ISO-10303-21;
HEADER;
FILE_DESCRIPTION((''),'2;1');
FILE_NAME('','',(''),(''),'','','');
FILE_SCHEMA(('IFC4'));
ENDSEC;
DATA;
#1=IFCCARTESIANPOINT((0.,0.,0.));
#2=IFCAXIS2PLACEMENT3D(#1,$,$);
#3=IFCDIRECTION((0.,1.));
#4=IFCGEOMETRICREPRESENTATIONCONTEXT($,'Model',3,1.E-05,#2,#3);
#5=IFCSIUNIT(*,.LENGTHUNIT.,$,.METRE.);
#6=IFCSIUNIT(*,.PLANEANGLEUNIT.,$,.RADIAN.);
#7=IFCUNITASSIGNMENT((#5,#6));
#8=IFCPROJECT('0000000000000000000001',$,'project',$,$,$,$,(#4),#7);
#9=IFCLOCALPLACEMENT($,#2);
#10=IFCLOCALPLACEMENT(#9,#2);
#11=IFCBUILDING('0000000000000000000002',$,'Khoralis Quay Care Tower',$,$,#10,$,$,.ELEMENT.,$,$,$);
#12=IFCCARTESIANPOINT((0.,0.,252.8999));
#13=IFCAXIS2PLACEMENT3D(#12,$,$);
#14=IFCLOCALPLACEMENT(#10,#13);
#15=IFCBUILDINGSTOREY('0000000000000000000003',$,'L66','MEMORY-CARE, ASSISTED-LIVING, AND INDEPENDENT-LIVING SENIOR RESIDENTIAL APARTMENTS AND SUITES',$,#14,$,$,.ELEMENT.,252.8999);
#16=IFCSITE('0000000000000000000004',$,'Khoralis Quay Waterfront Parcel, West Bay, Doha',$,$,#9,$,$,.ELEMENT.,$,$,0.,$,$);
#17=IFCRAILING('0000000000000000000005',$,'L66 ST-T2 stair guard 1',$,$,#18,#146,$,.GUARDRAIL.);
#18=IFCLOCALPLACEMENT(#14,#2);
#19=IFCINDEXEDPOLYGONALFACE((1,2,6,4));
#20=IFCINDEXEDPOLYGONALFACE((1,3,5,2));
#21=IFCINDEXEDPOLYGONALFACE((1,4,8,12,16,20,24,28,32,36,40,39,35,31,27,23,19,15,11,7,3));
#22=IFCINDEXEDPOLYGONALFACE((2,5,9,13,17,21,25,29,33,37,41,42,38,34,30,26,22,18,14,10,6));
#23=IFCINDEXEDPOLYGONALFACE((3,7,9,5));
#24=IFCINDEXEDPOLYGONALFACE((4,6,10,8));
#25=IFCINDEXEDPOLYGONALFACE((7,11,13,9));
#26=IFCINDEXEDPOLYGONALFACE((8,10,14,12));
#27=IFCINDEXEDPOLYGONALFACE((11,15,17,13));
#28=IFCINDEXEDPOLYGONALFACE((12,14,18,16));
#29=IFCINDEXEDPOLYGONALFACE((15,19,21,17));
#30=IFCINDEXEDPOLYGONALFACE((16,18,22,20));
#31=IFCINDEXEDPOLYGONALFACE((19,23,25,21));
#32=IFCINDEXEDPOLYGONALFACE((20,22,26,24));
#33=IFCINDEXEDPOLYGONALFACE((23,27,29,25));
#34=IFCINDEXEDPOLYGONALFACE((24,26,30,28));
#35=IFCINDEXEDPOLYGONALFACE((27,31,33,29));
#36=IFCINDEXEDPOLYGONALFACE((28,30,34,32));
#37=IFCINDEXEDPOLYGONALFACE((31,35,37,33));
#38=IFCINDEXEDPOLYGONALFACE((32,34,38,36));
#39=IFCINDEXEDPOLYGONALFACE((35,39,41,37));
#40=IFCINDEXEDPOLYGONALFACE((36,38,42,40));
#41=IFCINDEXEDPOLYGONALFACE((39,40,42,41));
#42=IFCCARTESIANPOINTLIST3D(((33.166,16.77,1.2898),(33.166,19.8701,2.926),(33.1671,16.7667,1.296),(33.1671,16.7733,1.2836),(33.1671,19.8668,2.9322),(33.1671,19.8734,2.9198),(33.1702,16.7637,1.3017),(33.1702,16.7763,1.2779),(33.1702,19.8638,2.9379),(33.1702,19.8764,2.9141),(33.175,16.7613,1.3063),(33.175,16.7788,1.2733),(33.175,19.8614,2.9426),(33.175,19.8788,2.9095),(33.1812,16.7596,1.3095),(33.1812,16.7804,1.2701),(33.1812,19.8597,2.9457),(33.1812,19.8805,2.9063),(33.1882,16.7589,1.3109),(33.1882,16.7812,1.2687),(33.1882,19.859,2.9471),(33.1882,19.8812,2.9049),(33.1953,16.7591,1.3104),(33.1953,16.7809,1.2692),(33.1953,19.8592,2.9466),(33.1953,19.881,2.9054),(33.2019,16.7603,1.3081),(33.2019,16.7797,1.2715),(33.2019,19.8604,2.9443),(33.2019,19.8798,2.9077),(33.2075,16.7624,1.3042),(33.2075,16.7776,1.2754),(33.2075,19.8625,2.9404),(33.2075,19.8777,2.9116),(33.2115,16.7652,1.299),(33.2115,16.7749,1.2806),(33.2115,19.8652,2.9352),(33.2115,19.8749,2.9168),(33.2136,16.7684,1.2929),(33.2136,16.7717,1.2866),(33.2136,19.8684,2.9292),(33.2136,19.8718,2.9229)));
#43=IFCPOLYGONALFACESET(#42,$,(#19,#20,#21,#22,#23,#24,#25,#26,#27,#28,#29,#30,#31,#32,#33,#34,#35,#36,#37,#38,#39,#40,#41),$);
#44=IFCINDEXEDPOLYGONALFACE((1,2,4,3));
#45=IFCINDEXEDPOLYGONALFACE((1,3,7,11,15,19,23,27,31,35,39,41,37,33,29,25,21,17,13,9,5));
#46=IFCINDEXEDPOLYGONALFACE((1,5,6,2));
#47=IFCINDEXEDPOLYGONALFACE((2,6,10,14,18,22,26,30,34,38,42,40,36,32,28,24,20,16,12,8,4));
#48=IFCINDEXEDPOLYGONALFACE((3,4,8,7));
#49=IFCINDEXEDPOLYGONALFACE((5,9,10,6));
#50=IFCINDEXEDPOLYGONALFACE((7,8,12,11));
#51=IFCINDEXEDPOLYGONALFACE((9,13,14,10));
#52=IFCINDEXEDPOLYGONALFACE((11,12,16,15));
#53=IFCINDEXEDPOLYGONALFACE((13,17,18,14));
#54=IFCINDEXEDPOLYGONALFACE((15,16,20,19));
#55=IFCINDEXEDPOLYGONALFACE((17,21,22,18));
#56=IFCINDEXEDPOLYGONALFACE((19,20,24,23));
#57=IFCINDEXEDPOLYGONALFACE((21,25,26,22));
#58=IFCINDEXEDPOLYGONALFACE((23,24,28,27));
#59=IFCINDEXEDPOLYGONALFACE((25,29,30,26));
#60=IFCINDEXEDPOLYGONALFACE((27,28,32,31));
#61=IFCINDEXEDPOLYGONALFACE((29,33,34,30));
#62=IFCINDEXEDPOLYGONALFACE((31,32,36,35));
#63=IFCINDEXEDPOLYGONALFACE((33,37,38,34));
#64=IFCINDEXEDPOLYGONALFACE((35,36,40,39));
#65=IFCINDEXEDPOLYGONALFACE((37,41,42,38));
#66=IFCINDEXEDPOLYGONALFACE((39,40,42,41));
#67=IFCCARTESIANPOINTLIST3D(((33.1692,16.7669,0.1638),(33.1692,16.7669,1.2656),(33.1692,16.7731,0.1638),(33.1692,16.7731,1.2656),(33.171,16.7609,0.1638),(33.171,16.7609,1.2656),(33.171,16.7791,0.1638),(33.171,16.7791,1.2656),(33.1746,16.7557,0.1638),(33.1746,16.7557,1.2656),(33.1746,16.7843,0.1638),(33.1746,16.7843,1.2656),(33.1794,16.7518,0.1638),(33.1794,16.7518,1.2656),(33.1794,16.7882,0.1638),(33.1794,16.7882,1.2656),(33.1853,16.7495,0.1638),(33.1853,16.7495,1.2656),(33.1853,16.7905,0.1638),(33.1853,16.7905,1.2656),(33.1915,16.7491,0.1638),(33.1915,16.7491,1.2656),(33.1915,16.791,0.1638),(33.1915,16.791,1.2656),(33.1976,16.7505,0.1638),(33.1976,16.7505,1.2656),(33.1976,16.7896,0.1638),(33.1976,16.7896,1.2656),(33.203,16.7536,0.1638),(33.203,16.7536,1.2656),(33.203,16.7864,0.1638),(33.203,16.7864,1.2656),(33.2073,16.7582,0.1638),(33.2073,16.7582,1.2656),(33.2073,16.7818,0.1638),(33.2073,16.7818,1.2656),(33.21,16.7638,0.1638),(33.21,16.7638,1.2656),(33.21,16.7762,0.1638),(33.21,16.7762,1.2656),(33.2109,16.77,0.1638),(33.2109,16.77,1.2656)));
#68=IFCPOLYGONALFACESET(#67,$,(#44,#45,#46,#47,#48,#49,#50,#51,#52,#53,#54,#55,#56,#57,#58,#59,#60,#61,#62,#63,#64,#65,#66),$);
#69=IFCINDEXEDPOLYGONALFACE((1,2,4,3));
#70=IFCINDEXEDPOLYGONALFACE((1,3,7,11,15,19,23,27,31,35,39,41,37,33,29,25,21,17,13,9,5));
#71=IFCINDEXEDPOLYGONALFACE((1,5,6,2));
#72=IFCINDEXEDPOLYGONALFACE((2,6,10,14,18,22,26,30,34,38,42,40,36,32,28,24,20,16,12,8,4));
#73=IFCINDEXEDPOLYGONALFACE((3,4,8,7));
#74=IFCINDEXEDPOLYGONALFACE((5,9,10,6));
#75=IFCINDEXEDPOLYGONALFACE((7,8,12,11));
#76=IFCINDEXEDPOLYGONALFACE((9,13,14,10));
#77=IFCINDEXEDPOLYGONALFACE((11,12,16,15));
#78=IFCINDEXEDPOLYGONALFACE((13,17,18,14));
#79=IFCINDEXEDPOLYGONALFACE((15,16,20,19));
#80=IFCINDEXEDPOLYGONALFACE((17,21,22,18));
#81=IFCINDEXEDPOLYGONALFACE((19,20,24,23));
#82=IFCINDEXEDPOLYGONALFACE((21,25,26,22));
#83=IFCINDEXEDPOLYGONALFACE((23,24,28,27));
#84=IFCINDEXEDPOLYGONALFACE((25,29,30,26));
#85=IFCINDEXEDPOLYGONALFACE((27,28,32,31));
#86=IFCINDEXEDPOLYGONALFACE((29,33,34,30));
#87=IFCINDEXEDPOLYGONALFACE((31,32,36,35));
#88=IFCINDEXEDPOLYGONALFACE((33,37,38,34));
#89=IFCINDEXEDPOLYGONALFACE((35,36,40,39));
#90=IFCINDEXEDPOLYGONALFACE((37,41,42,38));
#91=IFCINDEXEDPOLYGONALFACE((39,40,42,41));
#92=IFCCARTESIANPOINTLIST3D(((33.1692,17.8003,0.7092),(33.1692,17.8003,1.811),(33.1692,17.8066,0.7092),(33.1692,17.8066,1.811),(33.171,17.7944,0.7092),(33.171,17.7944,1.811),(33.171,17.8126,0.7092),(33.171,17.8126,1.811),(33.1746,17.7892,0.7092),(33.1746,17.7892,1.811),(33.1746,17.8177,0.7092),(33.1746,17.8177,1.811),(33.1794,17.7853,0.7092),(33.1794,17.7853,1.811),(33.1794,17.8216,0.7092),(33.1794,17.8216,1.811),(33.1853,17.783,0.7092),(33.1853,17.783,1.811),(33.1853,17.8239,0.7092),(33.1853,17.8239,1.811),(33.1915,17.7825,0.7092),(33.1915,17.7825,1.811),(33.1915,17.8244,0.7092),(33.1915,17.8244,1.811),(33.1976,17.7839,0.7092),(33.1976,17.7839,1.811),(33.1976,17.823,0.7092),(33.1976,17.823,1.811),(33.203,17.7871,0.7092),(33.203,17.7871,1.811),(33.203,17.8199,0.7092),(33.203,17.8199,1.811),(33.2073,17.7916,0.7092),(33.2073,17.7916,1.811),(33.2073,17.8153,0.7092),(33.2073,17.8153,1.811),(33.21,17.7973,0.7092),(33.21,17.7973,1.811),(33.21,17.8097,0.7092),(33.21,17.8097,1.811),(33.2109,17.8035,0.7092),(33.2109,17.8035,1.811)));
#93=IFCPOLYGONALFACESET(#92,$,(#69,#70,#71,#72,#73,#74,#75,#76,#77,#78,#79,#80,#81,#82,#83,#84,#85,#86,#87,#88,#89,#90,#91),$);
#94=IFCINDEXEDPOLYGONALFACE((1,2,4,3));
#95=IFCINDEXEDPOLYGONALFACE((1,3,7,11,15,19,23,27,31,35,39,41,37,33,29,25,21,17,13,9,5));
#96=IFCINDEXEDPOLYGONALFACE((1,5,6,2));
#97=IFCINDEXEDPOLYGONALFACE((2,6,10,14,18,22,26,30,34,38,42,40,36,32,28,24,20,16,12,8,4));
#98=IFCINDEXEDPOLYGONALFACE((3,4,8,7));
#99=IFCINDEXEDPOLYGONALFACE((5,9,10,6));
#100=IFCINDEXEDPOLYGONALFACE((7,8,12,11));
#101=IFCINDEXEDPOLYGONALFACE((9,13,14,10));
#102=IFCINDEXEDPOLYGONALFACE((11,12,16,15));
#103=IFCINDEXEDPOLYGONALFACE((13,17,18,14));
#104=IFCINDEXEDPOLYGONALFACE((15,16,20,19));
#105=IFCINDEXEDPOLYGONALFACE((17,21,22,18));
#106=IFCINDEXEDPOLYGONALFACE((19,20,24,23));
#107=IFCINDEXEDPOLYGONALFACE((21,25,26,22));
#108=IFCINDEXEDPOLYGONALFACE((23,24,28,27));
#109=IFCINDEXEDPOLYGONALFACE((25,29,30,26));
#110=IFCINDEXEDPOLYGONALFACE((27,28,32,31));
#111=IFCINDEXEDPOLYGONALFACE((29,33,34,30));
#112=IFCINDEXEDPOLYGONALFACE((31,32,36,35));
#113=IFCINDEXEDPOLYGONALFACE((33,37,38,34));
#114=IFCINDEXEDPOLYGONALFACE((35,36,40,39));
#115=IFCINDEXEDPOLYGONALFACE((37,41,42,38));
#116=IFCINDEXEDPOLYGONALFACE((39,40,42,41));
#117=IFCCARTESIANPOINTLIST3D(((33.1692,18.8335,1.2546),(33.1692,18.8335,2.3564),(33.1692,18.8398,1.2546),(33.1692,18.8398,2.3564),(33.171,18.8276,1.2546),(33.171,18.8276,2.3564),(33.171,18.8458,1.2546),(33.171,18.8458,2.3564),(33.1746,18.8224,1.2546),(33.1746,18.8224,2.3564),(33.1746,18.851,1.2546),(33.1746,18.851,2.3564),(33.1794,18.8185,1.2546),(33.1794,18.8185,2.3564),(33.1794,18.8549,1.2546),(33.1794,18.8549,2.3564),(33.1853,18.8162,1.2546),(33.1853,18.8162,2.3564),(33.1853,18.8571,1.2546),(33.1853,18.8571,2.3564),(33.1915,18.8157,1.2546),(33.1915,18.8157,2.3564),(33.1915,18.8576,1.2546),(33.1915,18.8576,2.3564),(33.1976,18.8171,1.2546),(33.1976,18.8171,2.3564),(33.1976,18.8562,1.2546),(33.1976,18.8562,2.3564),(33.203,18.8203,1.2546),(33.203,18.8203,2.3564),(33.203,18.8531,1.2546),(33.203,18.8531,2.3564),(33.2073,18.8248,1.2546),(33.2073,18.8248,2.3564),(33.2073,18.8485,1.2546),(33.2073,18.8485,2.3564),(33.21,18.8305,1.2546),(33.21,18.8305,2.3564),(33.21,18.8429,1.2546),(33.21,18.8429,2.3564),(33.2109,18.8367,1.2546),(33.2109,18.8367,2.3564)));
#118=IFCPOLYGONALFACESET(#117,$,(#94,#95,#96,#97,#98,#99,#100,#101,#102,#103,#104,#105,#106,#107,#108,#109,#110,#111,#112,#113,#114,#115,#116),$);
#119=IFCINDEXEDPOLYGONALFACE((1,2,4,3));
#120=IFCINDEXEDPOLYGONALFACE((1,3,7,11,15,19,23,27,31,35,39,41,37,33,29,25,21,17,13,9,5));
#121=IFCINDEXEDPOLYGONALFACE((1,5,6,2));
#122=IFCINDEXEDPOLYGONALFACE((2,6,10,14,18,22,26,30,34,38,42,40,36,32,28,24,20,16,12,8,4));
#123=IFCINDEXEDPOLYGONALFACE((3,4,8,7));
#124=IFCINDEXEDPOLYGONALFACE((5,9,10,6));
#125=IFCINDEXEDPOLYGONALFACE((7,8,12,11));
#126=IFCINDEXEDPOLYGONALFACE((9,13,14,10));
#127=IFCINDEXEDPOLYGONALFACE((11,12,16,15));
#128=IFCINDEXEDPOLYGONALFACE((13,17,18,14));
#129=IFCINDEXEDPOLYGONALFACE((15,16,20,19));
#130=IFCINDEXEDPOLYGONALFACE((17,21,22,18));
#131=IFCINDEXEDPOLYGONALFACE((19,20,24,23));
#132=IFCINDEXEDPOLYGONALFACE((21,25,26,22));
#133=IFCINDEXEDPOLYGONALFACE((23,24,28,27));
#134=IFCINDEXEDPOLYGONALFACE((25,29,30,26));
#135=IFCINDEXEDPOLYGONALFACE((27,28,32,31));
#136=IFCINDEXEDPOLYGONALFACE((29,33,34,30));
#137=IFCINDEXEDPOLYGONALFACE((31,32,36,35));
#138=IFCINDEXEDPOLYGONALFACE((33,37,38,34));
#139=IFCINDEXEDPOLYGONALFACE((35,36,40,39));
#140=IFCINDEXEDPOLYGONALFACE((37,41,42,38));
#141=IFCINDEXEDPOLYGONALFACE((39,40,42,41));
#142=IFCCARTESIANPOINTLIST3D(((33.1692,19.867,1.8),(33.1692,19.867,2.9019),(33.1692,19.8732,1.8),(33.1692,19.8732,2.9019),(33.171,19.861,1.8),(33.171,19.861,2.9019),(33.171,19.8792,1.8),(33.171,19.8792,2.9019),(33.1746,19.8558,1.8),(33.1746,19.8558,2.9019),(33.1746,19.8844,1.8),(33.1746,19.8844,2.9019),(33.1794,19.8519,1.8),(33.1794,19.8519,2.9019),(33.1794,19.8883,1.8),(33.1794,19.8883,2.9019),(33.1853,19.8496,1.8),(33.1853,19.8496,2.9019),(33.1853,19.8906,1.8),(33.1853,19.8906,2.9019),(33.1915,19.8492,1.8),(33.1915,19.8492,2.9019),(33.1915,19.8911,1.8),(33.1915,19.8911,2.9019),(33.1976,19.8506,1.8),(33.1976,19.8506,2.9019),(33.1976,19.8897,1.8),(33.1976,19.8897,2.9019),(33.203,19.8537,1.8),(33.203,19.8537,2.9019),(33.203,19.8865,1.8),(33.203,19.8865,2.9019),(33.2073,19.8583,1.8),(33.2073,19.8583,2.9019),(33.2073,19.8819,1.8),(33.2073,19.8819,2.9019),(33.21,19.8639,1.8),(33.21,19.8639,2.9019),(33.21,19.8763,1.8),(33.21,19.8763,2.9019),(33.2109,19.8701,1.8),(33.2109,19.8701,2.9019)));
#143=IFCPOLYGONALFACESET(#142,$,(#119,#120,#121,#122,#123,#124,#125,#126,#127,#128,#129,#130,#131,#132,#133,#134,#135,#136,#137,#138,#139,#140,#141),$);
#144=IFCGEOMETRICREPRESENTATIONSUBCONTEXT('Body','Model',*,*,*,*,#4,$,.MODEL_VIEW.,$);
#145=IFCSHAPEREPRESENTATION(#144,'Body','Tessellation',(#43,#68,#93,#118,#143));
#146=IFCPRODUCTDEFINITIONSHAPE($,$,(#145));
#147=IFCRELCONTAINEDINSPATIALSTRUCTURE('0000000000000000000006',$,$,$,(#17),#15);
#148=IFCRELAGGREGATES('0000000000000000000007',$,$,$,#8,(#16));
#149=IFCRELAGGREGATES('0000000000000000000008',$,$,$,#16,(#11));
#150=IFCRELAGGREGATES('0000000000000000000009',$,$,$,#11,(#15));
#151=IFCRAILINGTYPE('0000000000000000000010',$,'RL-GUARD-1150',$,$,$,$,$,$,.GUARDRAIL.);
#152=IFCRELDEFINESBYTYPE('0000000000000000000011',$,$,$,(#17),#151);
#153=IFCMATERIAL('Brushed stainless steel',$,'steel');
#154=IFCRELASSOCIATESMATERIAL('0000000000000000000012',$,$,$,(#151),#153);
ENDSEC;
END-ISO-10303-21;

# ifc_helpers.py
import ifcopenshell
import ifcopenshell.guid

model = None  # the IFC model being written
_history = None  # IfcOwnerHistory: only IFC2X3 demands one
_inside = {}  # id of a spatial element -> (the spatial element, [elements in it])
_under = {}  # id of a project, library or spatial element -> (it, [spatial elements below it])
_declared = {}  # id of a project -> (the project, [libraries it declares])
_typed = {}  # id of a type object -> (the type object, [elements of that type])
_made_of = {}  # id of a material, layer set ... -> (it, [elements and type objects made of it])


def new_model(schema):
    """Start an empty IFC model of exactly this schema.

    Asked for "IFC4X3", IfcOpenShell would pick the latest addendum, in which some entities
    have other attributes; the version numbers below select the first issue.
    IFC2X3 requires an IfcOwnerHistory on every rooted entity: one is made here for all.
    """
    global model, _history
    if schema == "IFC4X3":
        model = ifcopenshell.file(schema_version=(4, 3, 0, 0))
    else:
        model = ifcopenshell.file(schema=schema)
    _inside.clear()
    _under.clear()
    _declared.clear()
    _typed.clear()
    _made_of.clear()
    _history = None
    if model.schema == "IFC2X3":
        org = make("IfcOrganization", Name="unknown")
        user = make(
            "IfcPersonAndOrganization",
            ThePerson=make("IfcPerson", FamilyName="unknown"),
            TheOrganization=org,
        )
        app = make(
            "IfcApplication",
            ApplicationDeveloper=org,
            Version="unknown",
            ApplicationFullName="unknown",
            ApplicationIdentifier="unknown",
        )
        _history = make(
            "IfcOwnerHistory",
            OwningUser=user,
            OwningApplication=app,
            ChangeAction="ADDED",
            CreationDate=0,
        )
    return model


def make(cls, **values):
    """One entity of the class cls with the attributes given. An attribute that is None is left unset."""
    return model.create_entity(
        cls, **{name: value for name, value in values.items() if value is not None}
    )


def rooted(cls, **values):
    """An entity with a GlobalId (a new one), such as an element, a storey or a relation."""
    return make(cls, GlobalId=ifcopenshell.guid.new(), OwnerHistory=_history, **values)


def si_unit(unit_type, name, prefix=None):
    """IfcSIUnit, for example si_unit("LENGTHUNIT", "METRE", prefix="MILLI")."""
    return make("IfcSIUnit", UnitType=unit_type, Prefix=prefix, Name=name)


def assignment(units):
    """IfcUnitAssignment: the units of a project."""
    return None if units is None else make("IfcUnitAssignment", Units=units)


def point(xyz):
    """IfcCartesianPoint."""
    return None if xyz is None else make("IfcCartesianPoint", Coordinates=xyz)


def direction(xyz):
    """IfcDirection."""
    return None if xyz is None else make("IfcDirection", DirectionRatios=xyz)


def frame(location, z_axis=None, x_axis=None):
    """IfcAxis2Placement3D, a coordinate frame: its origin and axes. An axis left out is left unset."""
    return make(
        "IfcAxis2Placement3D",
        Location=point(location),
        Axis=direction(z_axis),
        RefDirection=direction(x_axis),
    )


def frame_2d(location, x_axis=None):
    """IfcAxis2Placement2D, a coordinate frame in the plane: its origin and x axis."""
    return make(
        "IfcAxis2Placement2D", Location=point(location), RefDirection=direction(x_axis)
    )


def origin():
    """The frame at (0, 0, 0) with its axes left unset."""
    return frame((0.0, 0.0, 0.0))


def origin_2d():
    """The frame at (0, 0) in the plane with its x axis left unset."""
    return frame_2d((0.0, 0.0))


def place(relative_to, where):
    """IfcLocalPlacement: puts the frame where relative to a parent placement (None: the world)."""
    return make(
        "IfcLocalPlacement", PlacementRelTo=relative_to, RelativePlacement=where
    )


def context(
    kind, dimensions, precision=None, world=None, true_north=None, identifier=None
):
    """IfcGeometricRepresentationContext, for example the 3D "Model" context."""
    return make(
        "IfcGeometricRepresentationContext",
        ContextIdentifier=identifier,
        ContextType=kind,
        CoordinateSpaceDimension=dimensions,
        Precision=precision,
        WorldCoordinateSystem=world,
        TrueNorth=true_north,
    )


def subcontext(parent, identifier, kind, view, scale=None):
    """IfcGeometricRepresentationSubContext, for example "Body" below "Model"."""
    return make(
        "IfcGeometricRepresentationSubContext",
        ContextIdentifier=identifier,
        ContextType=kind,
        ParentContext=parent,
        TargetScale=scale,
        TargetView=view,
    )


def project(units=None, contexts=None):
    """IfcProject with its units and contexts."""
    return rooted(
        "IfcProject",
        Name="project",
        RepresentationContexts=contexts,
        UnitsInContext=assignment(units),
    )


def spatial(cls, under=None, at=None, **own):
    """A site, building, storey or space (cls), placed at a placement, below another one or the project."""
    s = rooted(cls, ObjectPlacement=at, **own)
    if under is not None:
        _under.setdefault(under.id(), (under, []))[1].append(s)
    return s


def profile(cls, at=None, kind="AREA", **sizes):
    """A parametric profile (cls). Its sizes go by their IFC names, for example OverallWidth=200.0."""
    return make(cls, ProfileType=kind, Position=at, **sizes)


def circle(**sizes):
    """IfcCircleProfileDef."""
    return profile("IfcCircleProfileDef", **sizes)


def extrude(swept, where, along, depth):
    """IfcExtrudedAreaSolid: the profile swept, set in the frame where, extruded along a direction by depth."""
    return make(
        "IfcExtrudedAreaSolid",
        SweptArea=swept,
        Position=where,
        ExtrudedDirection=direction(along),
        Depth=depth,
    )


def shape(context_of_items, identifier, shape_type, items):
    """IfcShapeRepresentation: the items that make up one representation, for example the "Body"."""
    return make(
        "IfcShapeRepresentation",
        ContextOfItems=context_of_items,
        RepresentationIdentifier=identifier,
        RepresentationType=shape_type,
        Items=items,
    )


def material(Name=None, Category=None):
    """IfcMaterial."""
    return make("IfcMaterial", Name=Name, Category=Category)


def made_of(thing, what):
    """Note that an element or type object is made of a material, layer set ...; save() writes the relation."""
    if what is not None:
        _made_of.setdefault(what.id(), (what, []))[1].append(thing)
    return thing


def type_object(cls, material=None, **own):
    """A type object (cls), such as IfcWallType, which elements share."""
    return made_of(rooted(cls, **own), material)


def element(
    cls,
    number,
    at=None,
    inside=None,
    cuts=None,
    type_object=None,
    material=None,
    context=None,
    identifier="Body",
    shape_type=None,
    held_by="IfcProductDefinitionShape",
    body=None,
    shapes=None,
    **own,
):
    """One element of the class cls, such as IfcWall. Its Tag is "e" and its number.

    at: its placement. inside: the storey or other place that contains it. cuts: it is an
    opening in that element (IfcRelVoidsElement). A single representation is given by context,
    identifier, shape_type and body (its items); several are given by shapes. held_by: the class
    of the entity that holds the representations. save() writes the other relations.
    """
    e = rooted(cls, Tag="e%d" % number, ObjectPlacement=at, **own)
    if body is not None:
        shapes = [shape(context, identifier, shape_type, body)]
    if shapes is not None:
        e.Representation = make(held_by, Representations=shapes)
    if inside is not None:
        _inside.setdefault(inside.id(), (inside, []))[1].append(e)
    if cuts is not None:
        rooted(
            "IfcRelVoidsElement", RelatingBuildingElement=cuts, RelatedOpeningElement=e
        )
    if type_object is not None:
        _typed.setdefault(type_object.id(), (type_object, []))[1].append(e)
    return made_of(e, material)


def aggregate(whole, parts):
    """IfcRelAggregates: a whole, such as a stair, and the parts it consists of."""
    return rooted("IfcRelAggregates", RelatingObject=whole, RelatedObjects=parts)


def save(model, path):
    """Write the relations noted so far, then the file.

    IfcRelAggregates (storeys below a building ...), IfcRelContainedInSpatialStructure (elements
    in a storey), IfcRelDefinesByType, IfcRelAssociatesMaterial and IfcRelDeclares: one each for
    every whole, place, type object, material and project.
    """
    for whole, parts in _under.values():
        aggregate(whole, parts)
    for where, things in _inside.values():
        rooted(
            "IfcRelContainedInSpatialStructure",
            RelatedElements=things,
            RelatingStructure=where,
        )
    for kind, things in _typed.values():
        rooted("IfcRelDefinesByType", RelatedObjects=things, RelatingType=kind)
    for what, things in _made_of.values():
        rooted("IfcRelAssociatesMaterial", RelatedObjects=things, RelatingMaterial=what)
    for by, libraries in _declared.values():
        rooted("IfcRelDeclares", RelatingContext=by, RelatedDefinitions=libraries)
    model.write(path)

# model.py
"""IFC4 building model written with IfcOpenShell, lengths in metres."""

from ifc_helpers import new_model, si_unit, direction, frame, origin, origin_2d, place, context, subcontext, project, spatial, circle, extrude, material, type_object, element, save


model = new_model("IFC4")

# Units and contexts
model_context = context("Model", 3, precision=1e-05, world=origin(), true_north=direction((0.0, 1.0)))
body_context = subcontext(model_context, "Body", "Model", "MODEL_VIEW")
ifc_project = project(units=[si_unit("LENGTHUNIT", "METRE"), si_unit("PLANEANGLEUNIT", "RADIAN")], contexts=[model_context])

# Site, building, storey
site_placement = place(None, origin())
site = spatial("IfcSite", under=ifc_project, at=site_placement, Name="Khoralis Quay Waterfront Parcel, West Bay, Doha", CompositionType="ELEMENT", RefElevation=0.0)
building_placement = place(site_placement, origin())
building = spatial("IfcBuilding", under=site, at=building_placement, Name="Khoralis Quay Care Tower", CompositionType="ELEMENT")
storey_placement = place(building_placement, frame((0.0, 0.0, 252.8999)))
storey = spatial("IfcBuildingStorey", under=building, at=storey_placement, Name="L66", Description="MEMORY-CARE, ASSISTED-LIVING, AND INDEPENDENT-LIVING SENIOR RESIDENTIAL APARTMENTS AND SUITES", CompositionType="ELEMENT", Elevation=252.8999)

# Shared definitions
ifc_material_1 = material(Name="Brushed stainless steel", Category="steel")

# Railing
railing_type_1 = type_object("IfcRailingType", Name="RL-GUARD-1150", PredefinedType="GUARDRAIL", material=ifc_material_1)
railing_1_placement = place(storey_placement, frame((33.1899, 16.77, 0.1638)))
element("IfcRailing", 1, at=railing_1_placement, inside=storey, type_object=railing_type_1, Name="L66 ST-T2 stair guard 1", PredefinedType="GUARDRAIL", context=body_context, shape_type="SweptSolid", body=[
    extrude(circle(Radius=0.0239, at=origin_2d()), frame((0.0, 0.0, 1.126), z_axis=(0.0, 0.884377, 0.466774), x_axis=(-1.0, 0.0, 0.0)), (0.0, 0.0, 1.0), 3.5054),
    extrude(circle(Radius=0.021, at=origin_2d()), origin(), (0.0, 0.0, 1.0), 1.1018),
    extrude(circle(Radius=0.021, at=origin_2d()), frame((0.0, 1.0334, 0.5454)), (0.0, 0.0, 1.0), 1.1018),
    extrude(circle(Radius=0.021, at=origin_2d()), frame((0.0, 2.0667, 1.0908)), (0.0, 0.0, 1.0), 1.1018),
    extrude(circle(Radius=0.021, at=origin_2d()), frame((0.0, 3.1001, 1.6362)), (0.0, 0.0, 1.0), 1.1018),
])

save(model, "model.ifc")
